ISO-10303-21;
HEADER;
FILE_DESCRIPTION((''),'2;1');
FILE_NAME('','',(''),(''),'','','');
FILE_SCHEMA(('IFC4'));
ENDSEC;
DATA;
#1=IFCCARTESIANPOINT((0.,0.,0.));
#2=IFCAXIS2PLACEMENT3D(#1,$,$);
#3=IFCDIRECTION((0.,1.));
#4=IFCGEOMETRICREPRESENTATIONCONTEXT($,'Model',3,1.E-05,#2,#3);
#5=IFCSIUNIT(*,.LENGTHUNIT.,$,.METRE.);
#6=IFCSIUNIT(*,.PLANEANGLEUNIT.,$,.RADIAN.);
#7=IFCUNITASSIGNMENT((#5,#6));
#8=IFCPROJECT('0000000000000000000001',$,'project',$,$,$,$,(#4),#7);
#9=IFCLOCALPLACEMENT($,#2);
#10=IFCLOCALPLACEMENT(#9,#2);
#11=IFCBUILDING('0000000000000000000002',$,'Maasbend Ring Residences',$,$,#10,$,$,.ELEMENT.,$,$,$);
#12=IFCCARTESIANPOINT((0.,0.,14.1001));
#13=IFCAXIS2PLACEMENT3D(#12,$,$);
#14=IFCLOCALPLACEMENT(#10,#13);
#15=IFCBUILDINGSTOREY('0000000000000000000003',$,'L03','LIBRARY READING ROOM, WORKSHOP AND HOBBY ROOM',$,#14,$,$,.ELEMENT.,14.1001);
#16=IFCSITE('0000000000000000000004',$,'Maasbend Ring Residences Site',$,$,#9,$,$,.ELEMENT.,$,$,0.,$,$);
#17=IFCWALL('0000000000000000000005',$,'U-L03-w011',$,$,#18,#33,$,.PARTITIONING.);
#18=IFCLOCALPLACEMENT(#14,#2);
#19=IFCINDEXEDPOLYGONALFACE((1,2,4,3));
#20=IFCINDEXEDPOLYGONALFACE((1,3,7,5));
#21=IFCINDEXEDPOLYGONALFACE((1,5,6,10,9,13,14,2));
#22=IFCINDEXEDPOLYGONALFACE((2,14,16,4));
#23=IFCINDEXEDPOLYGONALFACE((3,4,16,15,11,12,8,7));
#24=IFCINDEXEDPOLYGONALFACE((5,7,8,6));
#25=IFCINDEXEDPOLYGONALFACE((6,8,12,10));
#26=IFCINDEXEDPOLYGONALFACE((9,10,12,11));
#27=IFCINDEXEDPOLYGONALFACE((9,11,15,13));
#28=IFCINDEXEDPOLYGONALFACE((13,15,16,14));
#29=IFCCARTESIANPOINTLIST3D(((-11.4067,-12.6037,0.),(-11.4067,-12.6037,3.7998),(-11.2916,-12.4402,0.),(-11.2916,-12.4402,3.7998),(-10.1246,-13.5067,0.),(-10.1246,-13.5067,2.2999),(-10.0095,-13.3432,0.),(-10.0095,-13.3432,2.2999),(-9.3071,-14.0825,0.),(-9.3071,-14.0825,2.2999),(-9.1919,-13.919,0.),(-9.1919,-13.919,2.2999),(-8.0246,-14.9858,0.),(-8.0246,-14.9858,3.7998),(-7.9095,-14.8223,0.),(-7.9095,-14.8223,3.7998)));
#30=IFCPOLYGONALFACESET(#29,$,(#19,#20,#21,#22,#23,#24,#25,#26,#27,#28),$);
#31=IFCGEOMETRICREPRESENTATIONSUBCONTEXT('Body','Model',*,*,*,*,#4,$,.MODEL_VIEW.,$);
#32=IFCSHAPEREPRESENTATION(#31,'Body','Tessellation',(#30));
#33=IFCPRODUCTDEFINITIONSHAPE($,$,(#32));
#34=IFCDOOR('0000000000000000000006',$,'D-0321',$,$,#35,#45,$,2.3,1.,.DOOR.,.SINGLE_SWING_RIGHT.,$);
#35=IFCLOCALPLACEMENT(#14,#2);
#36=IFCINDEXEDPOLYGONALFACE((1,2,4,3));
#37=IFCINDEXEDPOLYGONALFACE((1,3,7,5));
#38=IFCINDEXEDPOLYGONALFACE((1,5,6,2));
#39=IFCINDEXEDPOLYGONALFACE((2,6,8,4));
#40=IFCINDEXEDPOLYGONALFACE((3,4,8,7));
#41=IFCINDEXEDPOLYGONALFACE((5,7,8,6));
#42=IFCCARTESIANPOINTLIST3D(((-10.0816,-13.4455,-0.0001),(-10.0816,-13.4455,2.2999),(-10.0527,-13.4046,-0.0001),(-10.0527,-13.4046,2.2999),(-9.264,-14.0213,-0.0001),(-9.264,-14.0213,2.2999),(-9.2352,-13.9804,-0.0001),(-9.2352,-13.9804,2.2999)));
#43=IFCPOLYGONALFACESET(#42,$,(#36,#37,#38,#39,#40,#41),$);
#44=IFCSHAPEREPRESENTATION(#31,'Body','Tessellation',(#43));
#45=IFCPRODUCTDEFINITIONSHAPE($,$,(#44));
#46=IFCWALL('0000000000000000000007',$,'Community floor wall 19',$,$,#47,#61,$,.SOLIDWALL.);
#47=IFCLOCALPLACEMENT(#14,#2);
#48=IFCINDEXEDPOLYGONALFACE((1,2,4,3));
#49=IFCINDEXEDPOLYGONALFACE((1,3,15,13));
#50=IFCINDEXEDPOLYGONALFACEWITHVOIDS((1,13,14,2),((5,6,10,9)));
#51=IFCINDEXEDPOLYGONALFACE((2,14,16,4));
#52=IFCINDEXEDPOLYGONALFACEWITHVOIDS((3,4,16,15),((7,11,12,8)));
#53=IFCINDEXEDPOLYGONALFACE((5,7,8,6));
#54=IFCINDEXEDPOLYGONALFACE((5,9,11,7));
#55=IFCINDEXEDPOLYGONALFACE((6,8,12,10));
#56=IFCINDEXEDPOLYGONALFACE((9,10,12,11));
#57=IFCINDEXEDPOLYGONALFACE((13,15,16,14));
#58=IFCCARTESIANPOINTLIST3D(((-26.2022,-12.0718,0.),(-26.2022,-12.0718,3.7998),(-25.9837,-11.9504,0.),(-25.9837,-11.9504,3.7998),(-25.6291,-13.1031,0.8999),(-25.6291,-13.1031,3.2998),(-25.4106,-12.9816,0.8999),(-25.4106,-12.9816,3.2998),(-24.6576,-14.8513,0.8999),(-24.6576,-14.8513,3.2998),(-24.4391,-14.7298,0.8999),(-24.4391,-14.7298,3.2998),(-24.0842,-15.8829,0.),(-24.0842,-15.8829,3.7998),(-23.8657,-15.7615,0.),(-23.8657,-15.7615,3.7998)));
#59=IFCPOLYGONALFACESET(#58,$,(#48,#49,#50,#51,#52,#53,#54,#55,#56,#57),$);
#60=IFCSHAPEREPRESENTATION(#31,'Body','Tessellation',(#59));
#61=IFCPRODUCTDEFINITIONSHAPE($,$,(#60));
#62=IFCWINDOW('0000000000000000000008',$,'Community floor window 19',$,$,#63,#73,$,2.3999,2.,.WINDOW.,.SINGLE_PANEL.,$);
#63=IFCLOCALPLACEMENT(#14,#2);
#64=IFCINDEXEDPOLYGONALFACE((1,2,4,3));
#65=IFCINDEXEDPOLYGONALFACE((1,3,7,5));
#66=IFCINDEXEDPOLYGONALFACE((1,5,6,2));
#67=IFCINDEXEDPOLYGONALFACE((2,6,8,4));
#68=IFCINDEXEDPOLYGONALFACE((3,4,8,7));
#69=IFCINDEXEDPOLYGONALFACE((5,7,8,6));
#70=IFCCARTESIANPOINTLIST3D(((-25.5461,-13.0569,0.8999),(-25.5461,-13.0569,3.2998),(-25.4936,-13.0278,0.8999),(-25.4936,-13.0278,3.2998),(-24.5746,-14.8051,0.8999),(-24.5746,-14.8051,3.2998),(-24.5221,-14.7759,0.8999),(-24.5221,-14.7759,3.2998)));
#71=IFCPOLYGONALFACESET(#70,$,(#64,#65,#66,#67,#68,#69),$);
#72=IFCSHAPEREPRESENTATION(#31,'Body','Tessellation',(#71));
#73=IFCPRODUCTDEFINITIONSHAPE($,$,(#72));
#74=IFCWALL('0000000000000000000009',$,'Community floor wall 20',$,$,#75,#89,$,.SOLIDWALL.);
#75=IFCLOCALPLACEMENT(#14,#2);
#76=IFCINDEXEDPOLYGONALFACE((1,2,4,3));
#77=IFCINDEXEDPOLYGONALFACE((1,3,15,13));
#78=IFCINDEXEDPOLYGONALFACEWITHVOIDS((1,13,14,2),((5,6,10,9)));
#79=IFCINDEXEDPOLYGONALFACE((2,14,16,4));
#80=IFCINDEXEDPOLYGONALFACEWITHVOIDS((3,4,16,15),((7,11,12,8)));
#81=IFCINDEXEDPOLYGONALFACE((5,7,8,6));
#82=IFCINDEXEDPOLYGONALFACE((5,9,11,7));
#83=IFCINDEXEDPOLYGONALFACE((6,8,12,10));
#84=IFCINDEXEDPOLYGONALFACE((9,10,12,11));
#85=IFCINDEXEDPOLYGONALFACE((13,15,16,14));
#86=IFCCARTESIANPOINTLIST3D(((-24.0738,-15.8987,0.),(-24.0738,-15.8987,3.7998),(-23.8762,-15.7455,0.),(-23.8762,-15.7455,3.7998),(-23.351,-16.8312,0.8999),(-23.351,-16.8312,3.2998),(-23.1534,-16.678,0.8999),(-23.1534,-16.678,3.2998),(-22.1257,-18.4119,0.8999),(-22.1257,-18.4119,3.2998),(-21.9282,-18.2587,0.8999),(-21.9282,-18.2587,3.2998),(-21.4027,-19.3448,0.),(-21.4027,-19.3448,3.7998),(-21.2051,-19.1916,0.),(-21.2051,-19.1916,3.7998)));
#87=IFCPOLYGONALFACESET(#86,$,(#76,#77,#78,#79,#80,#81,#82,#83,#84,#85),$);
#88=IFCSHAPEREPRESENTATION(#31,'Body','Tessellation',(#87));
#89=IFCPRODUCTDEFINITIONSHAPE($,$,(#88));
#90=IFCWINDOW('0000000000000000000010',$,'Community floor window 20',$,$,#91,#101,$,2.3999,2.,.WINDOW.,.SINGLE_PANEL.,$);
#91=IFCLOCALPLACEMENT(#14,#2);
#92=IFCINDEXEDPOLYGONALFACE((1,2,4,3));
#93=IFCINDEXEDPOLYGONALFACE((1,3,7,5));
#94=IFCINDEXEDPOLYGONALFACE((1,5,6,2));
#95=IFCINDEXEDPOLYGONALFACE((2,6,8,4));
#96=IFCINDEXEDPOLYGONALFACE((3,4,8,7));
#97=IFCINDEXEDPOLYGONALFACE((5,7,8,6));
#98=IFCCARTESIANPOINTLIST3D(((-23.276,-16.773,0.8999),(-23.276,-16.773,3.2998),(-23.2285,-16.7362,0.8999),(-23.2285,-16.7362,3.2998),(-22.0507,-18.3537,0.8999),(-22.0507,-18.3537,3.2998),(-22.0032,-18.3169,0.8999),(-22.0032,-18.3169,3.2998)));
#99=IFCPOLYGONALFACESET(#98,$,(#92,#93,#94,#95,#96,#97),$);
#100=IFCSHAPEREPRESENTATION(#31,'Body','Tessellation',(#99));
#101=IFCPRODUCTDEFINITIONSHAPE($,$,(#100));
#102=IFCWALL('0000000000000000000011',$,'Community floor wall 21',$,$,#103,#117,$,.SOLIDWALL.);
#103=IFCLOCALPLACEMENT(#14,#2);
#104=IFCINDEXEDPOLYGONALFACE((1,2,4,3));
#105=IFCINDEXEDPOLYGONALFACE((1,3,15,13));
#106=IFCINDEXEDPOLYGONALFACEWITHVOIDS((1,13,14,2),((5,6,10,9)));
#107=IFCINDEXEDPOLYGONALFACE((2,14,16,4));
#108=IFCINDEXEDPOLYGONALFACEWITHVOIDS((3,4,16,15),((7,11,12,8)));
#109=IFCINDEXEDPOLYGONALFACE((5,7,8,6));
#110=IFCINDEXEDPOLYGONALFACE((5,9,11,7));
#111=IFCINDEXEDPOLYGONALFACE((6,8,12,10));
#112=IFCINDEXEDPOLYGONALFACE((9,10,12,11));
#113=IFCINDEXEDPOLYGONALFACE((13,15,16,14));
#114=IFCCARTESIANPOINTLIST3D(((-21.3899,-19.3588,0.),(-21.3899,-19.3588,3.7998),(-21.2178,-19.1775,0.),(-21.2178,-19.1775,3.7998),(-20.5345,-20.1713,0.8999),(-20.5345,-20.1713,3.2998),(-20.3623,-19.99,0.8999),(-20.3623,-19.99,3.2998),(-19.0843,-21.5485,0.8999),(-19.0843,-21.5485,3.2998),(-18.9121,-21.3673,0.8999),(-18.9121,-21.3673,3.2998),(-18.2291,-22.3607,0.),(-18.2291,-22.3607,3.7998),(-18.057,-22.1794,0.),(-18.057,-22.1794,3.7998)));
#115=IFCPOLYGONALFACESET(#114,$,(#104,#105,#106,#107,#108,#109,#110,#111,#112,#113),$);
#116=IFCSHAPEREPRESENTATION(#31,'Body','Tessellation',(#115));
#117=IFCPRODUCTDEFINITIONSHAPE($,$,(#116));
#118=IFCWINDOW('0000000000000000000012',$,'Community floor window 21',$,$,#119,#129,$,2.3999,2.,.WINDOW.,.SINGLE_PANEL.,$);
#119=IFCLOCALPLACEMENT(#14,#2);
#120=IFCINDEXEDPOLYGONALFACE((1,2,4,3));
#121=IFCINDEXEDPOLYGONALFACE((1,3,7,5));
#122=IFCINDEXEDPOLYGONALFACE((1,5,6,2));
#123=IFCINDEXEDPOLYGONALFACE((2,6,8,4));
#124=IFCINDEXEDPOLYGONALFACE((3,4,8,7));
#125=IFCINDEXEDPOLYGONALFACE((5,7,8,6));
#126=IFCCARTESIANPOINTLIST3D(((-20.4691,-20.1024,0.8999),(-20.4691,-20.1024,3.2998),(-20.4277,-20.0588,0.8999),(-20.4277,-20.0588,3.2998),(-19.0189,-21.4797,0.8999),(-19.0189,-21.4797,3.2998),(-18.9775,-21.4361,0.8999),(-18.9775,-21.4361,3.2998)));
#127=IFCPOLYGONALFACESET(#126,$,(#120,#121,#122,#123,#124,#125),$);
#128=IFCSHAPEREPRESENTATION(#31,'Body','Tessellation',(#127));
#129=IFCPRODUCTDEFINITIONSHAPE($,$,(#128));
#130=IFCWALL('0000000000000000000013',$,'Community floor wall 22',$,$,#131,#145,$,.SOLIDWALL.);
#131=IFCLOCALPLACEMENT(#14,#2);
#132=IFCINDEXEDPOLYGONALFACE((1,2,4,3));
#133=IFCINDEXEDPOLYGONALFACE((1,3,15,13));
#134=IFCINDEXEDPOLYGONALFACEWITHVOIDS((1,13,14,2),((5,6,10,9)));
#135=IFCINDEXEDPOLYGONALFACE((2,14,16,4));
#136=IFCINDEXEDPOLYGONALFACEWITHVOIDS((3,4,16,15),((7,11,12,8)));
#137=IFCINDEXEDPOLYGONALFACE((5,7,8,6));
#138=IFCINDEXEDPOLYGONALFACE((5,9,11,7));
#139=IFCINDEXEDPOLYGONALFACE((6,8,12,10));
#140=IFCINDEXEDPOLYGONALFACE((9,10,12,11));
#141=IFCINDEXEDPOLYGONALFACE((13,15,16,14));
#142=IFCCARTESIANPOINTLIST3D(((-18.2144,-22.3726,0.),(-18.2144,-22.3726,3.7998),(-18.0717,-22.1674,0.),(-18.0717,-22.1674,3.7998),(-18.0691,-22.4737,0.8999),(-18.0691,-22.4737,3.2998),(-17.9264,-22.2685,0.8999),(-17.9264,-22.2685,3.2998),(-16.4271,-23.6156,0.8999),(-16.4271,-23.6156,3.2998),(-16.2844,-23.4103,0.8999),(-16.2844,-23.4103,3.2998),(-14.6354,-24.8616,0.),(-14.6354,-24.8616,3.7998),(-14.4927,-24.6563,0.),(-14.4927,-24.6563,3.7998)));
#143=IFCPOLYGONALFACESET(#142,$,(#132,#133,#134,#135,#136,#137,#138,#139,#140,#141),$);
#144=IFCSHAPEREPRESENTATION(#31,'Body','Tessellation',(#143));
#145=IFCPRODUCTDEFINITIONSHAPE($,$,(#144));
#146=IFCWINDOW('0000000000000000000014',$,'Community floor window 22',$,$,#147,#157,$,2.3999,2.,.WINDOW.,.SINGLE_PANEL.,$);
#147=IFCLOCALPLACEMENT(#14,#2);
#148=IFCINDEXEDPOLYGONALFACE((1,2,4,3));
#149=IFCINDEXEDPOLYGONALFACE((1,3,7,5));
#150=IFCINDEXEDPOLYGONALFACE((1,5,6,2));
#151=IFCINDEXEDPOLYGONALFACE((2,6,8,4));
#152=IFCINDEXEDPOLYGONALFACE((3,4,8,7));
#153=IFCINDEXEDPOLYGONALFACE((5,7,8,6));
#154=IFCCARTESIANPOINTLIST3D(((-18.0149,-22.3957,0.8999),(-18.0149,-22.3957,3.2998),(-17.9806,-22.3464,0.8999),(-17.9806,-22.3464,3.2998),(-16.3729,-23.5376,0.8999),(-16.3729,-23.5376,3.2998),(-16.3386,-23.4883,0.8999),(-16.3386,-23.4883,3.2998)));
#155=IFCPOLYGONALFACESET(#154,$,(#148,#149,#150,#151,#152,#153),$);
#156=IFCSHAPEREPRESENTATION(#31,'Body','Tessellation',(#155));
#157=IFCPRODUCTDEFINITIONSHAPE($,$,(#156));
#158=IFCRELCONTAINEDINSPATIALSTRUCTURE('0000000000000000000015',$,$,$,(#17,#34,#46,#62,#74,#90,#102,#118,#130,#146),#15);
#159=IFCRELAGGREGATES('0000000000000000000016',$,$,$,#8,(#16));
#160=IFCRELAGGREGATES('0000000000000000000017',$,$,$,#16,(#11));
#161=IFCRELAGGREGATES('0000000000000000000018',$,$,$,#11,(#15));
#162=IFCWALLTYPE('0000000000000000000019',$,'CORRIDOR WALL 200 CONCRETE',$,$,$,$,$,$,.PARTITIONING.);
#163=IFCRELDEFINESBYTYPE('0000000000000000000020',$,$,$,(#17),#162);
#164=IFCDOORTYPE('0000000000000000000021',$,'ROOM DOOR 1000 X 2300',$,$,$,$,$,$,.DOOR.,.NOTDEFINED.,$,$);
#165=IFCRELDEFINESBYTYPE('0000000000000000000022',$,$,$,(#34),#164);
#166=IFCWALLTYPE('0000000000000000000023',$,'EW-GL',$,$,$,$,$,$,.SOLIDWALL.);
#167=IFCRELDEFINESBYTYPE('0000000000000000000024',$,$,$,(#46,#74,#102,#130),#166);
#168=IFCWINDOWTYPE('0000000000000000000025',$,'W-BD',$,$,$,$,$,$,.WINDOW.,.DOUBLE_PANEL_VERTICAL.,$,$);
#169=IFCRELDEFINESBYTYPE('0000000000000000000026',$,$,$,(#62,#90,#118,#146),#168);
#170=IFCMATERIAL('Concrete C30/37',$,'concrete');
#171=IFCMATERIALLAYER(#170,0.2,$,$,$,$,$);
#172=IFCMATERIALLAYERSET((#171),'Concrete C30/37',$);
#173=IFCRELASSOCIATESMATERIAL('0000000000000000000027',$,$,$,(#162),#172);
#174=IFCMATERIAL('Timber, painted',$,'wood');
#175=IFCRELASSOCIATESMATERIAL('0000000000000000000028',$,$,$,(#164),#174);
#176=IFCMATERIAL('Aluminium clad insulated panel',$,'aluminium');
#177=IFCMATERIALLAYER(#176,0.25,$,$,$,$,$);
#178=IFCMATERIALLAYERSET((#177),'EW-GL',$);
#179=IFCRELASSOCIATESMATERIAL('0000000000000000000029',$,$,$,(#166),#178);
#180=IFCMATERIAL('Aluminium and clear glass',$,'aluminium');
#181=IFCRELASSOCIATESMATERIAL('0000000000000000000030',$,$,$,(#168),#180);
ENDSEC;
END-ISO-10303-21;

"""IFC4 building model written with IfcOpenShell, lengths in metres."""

from ifc_helpers import new_model, si_unit, direction, frame, frame_2d, origin, place, context, subcontext, project, spatial, rectangle, extrude, material, layer, layer_set, type_object, element, fill, save


model = new_model("IFC4")

# Units and contexts
model_context = context("Model", 3, precision=1e-05, world=origin(), true_north=direction((0.0, 1.0)))
body_context = subcontext(model_context, "Body", "Model", "MODEL_VIEW")
ifc_project = project(units=[si_unit("LENGTHUNIT", "METRE"), si_unit("PLANEANGLEUNIT", "RADIAN")], contexts=[model_context])

# Site, building, storey
site_placement = place(None, origin())
site = spatial("IfcSite", under=ifc_project, at=site_placement, Name="Maasbend Ring Residences Site", CompositionType="ELEMENT", RefElevation=0.0)
building_placement = place(site_placement, origin())
building = spatial("IfcBuilding", under=site, at=building_placement, Name="Maasbend Ring Residences", CompositionType="ELEMENT")
storey_placement = place(building_placement, frame((0.0, 0.0, 14.1001)))
storey = spatial("IfcBuildingStorey", under=building, at=storey_placement, Name="L03", Description="LIBRARY READING ROOM, WORKSHOP AND HOBBY ROOM", CompositionType="ELEMENT", Elevation=14.1001)

# Wall, opening, door
ifc_material_1 = material(Name="Concrete C30/37", Category="concrete")
ifc_layer_1 = layer(ifc_material_1, 0.2)
ifc_layer_set_1 = layer_set([ifc_layer_1], Name="Concrete C30/37")
wall_type_1 = type_object("IfcWallType", Name="CORRIDOR WALL 200 CONCRETE", PredefinedType="PARTITIONING", material=ifc_layer_set_1)
ifc_material_2 = material(Name="Timber, painted", Category="wood")
door_type = type_object("IfcDoorType", Name="ROOM DOOR 1000 X 2300", OperationType="NOTDEFINED", PredefinedType="DOOR", material=ifc_material_2)
wall_1_placement = place(storey_placement, frame((-11.3491, -12.522, 0.0), z_axis=(0.0, 0.0, 1.0), x_axis=(0.817568, -0.575833, 0.0)))
wall_1 = element("IfcWall", 1, at=wall_1_placement, inside=storey, type_object=wall_type_1, Name="U-L03-w011", PredefinedType="PARTITIONING", context=body_context, shape_type="SweptSolid", body=[
    extrude(rectangle(XDim=4.1367, YDim=0.2, at=frame_2d((2.0684, 0.0))), origin(), (0.0, 0.0, 1.0), 3.7998),
])
opening_1_placement = place(wall_1_placement, frame((1.5681, 0.0, 0.0)))
opening_1 = element("IfcOpeningElement", 2, at=opening_1_placement, cuts=wall_1, PredefinedType="OPENING", context=body_context, shape_type="SweptSolid", body=[
    extrude(rectangle(XDim=1.0, YDim=2.3, at=frame_2d((0.5, 1.1499))), frame((0.0, 0.1099, 0.0), z_axis=(0.0, -1.0, 0.0), x_axis=(1.0, 0.0, 0.0)), (0.0, 0.0, 1.0), 0.22),
])
door_1_placement = place(opening_1_placement, origin())
door_1 = element("IfcDoor", 3, at=door_1_placement, inside=storey, type_object=door_type, Name="D-0321", OperationType="SINGLE_SWING_RIGHT", OverallHeight=2.3, OverallWidth=1.0, PredefinedType="DOOR", context=body_context, shape_type="SweptSolid", body=[
    extrude(rectangle(XDim=1.0, YDim=2.3, at=frame_2d((0.5, 1.1499))), frame((0.0, 0.0249, 0.0), z_axis=(0.0, -1.0, 0.0), x_axis=(1.0, 0.0, 0.0)), (0.0, 0.0, 1.0), 0.05),
])
fill(opening_1, door_1)

# Walls, openings, windows
ifc_material_3 = material(Name="Aluminium clad insulated panel", Category="aluminium")
ifc_layer_2 = layer(ifc_material_3, 0.25)
ifc_layer_set_2 = layer_set([ifc_layer_2], Name="EW-GL")
wall_type_2 = type_object("IfcWallType", Name="EW-GL", PredefinedType="SOLIDWALL", material=ifc_layer_set_2)
wall_2_placement = place(storey_placement, frame((-26.093, -12.011, 0.0), z_axis=(0.0, 0.0, 1.0), x_axis=(0.485762, -0.874091, 0.0)))
wall_2 = element("IfcWall", 4, at=wall_2_placement, inside=storey, type_object=wall_type_2, Name="Community floor wall 19", PredefinedType="SOLIDWALL", context=body_context, shape_type="SweptSolid", body=[
    extrude(rectangle(XDim=4.3601, YDim=0.25, at=frame_2d((2.1802, 0.0))), origin(), (0.0, 0.0, 1.0), 3.7998),
])
opening_2_placement = place(wall_2_placement, frame((1.1799, 0.0, 0.8999)))
opening_2 = element("IfcOpeningElement", 5, at=opening_2_placement, cuts=wall_2, PredefinedType="OPENING", context=body_context, shape_type="SweptSolid", body=[
    extrude(rectangle(XDim=2.0, YDim=2.3999, at=frame_2d((1.0, 1.2))), frame((0.0, 0.135, 0.0), z_axis=(0.0, -1.0, 0.0), x_axis=(1.0, 0.0, 0.0)), (0.0, 0.0, 1.0), 0.27),
])
ifc_material_4 = material(Name="Aluminium and clear glass", Category="aluminium")
window_type = type_object("IfcWindowType", Name="W-BD", PartitioningType="DOUBLE_PANEL_VERTICAL", PredefinedType="WINDOW", material=ifc_material_4)
window_1_placement = place(opening_2_placement, origin())
window_1 = element("IfcWindow", 6, at=window_1_placement, inside=storey, type_object=window_type, Name="Community floor window 19", OverallHeight=2.3999, OverallWidth=2.0, PartitioningType="SINGLE_PANEL", PredefinedType="WINDOW", context=body_context, shape_type="SweptSolid", body=[
    extrude(rectangle(XDim=2.0, YDim=2.3999, at=frame_2d((1.0, 1.2))), frame((0.0, 0.03, 0.0), z_axis=(0.0, -1.0, 0.0), x_axis=(1.0, 0.0, 0.0)), (0.0, 0.0, 1.0), 0.0601),
])
fill(opening_2, window_1)
wall_3_placement = place(storey_placement, frame((-23.9751, -15.822, 0.0), z_axis=(0.0, 0.0, 1.0), x_axis=(0.612637, -0.790364, 0.0)))
wall_3 = element("IfcWall", 7, at=wall_3_placement, inside=storey, type_object=wall_type_2, Name="Community floor wall 20", PredefinedType="SOLIDWALL", context=body_context, shape_type="SweptSolid", body=[
    extrude(rectangle(XDim=4.3601, YDim=0.25, at=frame_2d((2.1802, 0.0))), origin(), (0.0, 0.0, 1.0), 3.7998),
])
opening_3_placement = place(wall_3_placement, frame((1.1799, 0.0, 0.8999)))
opening_3 = element("IfcOpeningElement", 8, at=opening_3_placement, cuts=wall_3, PredefinedType="OPENING", context=body_context, shape_type="SweptSolid", body=[
    extrude(rectangle(XDim=2.0, YDim=2.3999, at=frame_2d((1.0, 1.2))), frame((0.0, 0.135, 0.0), z_axis=(0.0, -1.0, 0.0), x_axis=(1.0, 0.0, 0.0)), (0.0, 0.0, 1.0), 0.27),
])
window_2_placement = place(opening_3_placement, origin())
window_2 = element("IfcWindow", 9, at=window_2_placement, inside=storey, type_object=window_type, Name="Community floor window 20", OverallHeight=2.3999, OverallWidth=2.0, PartitioningType="SINGLE_PANEL", PredefinedType="WINDOW", context=body_context, shape_type="SweptSolid", body=[
    extrude(rectangle(XDim=2.0, YDim=2.3999, at=frame_2d((1.0, 1.2))), frame((0.0, 0.03, 0.0), z_axis=(0.0, -1.0, 0.0), x_axis=(1.0, 0.0, 0.0)), (0.0, 0.0, 1.0), 0.0601),
])
fill(opening_3, window_2)
wall_4_placement = place(storey_placement, frame((-21.304, -19.2681, 0.0), z_axis=(0.0, 0.0, 1.0), x_axis=(0.725102, -0.688642, 0.0)))
wall_4 = element("IfcWall", 10, at=wall_4_placement, inside=storey, type_object=wall_type_2, Name="Community floor wall 21", PredefinedType="SOLIDWALL", context=body_context, shape_type="SweptSolid", body=[
    extrude(rectangle(XDim=4.3591, YDim=0.25, at=frame_2d((2.1797, 0.0))), origin(), (0.0, 0.0, 1.0), 3.7998),
])
opening_4_placement = place(wall_4_placement, frame((1.1799, 0.0, 0.8999)))
opening_4 = element("IfcOpeningElement", 11, at=opening_4_placement, cuts=wall_4, PredefinedType="OPENING", context=body_context, shape_type="SweptSolid", body=[
    extrude(rectangle(XDim=2.0, YDim=2.3999, at=frame_2d((1.0, 1.2))), frame((0.0, 0.135, 0.0), z_axis=(0.0, -1.0, 0.0), x_axis=(1.0, 0.0, 0.0)), (0.0, 0.0, 1.0), 0.27),
])
window_3_placement = place(opening_4_placement, origin())
window_3 = element("IfcWindow", 12, at=window_3_placement, inside=storey, type_object=window_type, Name="Community floor window 21", OverallHeight=2.3999, OverallWidth=2.0, PartitioningType="SINGLE_PANEL", PredefinedType="WINDOW", context=body_context, shape_type="SweptSolid", body=[
    extrude(rectangle(XDim=2.0, YDim=2.3999, at=frame_2d((1.0, 1.2))), frame((0.0, 0.03, 0.0), z_axis=(0.0, -1.0, 0.0), x_axis=(1.0, 0.0, 0.0)), (0.0, 0.0, 1.0), 0.0601),
])
fill(opening_4, window_3)
wall_5_placement = place(storey_placement, frame((-18.1431, -22.27, 0.0), z_axis=(0.0, 0.0, 1.0), x_axis=(0.820991, -0.570941, 0.0)))
wall_5 = element("IfcWall", 13, at=wall_5_placement, inside=storey, type_object=wall_type_2, Name="Community floor wall 22", PredefinedType="SOLIDWALL", context=body_context, shape_type="SweptSolid", body=[
    extrude(rectangle(XDim=4.3594, YDim=0.25, at=frame_2d((2.1797, 0.0))), origin(), (0.0, 0.0, 1.0), 3.7998),
])
opening_5_placement = place(wall_5_placement, frame((0.177, 0.0, 0.8999)))
opening_5 = element("IfcOpeningElement", 14, at=opening_5_placement, cuts=wall_5, PredefinedType="OPENING", context=body_context, shape_type="SweptSolid", body=[
    extrude(rectangle(XDim=2.0, YDim=2.3999, at=frame_2d((1.0, 1.2))), frame((0.0, 0.135, 0.0), z_axis=(0.0, -1.0, 0.0), x_axis=(1.0, 0.0, 0.0)), (0.0, 0.0, 1.0), 0.27),
])
window_4_placement = place(opening_5_placement, origin())
window_4 = element("IfcWindow", 15, at=window_4_placement, inside=storey, type_object=window_type, Name="Community floor window 22", OverallHeight=2.3999, OverallWidth=2.0, PartitioningType="SINGLE_PANEL", PredefinedType="WINDOW", context=body_context, shape_type="SweptSolid", body=[
    extrude(rectangle(XDim=2.0, YDim=2.3999, at=frame_2d((1.0, 1.2))), frame((0.0, 0.03, 0.0), z_axis=(0.0, -1.0, 0.0), x_axis=(1.0, 0.0, 0.0)), (0.0, 0.0, 1.0), 0.0601),
])
fill(opening_5, window_4)

save(model, "model.ifc")
